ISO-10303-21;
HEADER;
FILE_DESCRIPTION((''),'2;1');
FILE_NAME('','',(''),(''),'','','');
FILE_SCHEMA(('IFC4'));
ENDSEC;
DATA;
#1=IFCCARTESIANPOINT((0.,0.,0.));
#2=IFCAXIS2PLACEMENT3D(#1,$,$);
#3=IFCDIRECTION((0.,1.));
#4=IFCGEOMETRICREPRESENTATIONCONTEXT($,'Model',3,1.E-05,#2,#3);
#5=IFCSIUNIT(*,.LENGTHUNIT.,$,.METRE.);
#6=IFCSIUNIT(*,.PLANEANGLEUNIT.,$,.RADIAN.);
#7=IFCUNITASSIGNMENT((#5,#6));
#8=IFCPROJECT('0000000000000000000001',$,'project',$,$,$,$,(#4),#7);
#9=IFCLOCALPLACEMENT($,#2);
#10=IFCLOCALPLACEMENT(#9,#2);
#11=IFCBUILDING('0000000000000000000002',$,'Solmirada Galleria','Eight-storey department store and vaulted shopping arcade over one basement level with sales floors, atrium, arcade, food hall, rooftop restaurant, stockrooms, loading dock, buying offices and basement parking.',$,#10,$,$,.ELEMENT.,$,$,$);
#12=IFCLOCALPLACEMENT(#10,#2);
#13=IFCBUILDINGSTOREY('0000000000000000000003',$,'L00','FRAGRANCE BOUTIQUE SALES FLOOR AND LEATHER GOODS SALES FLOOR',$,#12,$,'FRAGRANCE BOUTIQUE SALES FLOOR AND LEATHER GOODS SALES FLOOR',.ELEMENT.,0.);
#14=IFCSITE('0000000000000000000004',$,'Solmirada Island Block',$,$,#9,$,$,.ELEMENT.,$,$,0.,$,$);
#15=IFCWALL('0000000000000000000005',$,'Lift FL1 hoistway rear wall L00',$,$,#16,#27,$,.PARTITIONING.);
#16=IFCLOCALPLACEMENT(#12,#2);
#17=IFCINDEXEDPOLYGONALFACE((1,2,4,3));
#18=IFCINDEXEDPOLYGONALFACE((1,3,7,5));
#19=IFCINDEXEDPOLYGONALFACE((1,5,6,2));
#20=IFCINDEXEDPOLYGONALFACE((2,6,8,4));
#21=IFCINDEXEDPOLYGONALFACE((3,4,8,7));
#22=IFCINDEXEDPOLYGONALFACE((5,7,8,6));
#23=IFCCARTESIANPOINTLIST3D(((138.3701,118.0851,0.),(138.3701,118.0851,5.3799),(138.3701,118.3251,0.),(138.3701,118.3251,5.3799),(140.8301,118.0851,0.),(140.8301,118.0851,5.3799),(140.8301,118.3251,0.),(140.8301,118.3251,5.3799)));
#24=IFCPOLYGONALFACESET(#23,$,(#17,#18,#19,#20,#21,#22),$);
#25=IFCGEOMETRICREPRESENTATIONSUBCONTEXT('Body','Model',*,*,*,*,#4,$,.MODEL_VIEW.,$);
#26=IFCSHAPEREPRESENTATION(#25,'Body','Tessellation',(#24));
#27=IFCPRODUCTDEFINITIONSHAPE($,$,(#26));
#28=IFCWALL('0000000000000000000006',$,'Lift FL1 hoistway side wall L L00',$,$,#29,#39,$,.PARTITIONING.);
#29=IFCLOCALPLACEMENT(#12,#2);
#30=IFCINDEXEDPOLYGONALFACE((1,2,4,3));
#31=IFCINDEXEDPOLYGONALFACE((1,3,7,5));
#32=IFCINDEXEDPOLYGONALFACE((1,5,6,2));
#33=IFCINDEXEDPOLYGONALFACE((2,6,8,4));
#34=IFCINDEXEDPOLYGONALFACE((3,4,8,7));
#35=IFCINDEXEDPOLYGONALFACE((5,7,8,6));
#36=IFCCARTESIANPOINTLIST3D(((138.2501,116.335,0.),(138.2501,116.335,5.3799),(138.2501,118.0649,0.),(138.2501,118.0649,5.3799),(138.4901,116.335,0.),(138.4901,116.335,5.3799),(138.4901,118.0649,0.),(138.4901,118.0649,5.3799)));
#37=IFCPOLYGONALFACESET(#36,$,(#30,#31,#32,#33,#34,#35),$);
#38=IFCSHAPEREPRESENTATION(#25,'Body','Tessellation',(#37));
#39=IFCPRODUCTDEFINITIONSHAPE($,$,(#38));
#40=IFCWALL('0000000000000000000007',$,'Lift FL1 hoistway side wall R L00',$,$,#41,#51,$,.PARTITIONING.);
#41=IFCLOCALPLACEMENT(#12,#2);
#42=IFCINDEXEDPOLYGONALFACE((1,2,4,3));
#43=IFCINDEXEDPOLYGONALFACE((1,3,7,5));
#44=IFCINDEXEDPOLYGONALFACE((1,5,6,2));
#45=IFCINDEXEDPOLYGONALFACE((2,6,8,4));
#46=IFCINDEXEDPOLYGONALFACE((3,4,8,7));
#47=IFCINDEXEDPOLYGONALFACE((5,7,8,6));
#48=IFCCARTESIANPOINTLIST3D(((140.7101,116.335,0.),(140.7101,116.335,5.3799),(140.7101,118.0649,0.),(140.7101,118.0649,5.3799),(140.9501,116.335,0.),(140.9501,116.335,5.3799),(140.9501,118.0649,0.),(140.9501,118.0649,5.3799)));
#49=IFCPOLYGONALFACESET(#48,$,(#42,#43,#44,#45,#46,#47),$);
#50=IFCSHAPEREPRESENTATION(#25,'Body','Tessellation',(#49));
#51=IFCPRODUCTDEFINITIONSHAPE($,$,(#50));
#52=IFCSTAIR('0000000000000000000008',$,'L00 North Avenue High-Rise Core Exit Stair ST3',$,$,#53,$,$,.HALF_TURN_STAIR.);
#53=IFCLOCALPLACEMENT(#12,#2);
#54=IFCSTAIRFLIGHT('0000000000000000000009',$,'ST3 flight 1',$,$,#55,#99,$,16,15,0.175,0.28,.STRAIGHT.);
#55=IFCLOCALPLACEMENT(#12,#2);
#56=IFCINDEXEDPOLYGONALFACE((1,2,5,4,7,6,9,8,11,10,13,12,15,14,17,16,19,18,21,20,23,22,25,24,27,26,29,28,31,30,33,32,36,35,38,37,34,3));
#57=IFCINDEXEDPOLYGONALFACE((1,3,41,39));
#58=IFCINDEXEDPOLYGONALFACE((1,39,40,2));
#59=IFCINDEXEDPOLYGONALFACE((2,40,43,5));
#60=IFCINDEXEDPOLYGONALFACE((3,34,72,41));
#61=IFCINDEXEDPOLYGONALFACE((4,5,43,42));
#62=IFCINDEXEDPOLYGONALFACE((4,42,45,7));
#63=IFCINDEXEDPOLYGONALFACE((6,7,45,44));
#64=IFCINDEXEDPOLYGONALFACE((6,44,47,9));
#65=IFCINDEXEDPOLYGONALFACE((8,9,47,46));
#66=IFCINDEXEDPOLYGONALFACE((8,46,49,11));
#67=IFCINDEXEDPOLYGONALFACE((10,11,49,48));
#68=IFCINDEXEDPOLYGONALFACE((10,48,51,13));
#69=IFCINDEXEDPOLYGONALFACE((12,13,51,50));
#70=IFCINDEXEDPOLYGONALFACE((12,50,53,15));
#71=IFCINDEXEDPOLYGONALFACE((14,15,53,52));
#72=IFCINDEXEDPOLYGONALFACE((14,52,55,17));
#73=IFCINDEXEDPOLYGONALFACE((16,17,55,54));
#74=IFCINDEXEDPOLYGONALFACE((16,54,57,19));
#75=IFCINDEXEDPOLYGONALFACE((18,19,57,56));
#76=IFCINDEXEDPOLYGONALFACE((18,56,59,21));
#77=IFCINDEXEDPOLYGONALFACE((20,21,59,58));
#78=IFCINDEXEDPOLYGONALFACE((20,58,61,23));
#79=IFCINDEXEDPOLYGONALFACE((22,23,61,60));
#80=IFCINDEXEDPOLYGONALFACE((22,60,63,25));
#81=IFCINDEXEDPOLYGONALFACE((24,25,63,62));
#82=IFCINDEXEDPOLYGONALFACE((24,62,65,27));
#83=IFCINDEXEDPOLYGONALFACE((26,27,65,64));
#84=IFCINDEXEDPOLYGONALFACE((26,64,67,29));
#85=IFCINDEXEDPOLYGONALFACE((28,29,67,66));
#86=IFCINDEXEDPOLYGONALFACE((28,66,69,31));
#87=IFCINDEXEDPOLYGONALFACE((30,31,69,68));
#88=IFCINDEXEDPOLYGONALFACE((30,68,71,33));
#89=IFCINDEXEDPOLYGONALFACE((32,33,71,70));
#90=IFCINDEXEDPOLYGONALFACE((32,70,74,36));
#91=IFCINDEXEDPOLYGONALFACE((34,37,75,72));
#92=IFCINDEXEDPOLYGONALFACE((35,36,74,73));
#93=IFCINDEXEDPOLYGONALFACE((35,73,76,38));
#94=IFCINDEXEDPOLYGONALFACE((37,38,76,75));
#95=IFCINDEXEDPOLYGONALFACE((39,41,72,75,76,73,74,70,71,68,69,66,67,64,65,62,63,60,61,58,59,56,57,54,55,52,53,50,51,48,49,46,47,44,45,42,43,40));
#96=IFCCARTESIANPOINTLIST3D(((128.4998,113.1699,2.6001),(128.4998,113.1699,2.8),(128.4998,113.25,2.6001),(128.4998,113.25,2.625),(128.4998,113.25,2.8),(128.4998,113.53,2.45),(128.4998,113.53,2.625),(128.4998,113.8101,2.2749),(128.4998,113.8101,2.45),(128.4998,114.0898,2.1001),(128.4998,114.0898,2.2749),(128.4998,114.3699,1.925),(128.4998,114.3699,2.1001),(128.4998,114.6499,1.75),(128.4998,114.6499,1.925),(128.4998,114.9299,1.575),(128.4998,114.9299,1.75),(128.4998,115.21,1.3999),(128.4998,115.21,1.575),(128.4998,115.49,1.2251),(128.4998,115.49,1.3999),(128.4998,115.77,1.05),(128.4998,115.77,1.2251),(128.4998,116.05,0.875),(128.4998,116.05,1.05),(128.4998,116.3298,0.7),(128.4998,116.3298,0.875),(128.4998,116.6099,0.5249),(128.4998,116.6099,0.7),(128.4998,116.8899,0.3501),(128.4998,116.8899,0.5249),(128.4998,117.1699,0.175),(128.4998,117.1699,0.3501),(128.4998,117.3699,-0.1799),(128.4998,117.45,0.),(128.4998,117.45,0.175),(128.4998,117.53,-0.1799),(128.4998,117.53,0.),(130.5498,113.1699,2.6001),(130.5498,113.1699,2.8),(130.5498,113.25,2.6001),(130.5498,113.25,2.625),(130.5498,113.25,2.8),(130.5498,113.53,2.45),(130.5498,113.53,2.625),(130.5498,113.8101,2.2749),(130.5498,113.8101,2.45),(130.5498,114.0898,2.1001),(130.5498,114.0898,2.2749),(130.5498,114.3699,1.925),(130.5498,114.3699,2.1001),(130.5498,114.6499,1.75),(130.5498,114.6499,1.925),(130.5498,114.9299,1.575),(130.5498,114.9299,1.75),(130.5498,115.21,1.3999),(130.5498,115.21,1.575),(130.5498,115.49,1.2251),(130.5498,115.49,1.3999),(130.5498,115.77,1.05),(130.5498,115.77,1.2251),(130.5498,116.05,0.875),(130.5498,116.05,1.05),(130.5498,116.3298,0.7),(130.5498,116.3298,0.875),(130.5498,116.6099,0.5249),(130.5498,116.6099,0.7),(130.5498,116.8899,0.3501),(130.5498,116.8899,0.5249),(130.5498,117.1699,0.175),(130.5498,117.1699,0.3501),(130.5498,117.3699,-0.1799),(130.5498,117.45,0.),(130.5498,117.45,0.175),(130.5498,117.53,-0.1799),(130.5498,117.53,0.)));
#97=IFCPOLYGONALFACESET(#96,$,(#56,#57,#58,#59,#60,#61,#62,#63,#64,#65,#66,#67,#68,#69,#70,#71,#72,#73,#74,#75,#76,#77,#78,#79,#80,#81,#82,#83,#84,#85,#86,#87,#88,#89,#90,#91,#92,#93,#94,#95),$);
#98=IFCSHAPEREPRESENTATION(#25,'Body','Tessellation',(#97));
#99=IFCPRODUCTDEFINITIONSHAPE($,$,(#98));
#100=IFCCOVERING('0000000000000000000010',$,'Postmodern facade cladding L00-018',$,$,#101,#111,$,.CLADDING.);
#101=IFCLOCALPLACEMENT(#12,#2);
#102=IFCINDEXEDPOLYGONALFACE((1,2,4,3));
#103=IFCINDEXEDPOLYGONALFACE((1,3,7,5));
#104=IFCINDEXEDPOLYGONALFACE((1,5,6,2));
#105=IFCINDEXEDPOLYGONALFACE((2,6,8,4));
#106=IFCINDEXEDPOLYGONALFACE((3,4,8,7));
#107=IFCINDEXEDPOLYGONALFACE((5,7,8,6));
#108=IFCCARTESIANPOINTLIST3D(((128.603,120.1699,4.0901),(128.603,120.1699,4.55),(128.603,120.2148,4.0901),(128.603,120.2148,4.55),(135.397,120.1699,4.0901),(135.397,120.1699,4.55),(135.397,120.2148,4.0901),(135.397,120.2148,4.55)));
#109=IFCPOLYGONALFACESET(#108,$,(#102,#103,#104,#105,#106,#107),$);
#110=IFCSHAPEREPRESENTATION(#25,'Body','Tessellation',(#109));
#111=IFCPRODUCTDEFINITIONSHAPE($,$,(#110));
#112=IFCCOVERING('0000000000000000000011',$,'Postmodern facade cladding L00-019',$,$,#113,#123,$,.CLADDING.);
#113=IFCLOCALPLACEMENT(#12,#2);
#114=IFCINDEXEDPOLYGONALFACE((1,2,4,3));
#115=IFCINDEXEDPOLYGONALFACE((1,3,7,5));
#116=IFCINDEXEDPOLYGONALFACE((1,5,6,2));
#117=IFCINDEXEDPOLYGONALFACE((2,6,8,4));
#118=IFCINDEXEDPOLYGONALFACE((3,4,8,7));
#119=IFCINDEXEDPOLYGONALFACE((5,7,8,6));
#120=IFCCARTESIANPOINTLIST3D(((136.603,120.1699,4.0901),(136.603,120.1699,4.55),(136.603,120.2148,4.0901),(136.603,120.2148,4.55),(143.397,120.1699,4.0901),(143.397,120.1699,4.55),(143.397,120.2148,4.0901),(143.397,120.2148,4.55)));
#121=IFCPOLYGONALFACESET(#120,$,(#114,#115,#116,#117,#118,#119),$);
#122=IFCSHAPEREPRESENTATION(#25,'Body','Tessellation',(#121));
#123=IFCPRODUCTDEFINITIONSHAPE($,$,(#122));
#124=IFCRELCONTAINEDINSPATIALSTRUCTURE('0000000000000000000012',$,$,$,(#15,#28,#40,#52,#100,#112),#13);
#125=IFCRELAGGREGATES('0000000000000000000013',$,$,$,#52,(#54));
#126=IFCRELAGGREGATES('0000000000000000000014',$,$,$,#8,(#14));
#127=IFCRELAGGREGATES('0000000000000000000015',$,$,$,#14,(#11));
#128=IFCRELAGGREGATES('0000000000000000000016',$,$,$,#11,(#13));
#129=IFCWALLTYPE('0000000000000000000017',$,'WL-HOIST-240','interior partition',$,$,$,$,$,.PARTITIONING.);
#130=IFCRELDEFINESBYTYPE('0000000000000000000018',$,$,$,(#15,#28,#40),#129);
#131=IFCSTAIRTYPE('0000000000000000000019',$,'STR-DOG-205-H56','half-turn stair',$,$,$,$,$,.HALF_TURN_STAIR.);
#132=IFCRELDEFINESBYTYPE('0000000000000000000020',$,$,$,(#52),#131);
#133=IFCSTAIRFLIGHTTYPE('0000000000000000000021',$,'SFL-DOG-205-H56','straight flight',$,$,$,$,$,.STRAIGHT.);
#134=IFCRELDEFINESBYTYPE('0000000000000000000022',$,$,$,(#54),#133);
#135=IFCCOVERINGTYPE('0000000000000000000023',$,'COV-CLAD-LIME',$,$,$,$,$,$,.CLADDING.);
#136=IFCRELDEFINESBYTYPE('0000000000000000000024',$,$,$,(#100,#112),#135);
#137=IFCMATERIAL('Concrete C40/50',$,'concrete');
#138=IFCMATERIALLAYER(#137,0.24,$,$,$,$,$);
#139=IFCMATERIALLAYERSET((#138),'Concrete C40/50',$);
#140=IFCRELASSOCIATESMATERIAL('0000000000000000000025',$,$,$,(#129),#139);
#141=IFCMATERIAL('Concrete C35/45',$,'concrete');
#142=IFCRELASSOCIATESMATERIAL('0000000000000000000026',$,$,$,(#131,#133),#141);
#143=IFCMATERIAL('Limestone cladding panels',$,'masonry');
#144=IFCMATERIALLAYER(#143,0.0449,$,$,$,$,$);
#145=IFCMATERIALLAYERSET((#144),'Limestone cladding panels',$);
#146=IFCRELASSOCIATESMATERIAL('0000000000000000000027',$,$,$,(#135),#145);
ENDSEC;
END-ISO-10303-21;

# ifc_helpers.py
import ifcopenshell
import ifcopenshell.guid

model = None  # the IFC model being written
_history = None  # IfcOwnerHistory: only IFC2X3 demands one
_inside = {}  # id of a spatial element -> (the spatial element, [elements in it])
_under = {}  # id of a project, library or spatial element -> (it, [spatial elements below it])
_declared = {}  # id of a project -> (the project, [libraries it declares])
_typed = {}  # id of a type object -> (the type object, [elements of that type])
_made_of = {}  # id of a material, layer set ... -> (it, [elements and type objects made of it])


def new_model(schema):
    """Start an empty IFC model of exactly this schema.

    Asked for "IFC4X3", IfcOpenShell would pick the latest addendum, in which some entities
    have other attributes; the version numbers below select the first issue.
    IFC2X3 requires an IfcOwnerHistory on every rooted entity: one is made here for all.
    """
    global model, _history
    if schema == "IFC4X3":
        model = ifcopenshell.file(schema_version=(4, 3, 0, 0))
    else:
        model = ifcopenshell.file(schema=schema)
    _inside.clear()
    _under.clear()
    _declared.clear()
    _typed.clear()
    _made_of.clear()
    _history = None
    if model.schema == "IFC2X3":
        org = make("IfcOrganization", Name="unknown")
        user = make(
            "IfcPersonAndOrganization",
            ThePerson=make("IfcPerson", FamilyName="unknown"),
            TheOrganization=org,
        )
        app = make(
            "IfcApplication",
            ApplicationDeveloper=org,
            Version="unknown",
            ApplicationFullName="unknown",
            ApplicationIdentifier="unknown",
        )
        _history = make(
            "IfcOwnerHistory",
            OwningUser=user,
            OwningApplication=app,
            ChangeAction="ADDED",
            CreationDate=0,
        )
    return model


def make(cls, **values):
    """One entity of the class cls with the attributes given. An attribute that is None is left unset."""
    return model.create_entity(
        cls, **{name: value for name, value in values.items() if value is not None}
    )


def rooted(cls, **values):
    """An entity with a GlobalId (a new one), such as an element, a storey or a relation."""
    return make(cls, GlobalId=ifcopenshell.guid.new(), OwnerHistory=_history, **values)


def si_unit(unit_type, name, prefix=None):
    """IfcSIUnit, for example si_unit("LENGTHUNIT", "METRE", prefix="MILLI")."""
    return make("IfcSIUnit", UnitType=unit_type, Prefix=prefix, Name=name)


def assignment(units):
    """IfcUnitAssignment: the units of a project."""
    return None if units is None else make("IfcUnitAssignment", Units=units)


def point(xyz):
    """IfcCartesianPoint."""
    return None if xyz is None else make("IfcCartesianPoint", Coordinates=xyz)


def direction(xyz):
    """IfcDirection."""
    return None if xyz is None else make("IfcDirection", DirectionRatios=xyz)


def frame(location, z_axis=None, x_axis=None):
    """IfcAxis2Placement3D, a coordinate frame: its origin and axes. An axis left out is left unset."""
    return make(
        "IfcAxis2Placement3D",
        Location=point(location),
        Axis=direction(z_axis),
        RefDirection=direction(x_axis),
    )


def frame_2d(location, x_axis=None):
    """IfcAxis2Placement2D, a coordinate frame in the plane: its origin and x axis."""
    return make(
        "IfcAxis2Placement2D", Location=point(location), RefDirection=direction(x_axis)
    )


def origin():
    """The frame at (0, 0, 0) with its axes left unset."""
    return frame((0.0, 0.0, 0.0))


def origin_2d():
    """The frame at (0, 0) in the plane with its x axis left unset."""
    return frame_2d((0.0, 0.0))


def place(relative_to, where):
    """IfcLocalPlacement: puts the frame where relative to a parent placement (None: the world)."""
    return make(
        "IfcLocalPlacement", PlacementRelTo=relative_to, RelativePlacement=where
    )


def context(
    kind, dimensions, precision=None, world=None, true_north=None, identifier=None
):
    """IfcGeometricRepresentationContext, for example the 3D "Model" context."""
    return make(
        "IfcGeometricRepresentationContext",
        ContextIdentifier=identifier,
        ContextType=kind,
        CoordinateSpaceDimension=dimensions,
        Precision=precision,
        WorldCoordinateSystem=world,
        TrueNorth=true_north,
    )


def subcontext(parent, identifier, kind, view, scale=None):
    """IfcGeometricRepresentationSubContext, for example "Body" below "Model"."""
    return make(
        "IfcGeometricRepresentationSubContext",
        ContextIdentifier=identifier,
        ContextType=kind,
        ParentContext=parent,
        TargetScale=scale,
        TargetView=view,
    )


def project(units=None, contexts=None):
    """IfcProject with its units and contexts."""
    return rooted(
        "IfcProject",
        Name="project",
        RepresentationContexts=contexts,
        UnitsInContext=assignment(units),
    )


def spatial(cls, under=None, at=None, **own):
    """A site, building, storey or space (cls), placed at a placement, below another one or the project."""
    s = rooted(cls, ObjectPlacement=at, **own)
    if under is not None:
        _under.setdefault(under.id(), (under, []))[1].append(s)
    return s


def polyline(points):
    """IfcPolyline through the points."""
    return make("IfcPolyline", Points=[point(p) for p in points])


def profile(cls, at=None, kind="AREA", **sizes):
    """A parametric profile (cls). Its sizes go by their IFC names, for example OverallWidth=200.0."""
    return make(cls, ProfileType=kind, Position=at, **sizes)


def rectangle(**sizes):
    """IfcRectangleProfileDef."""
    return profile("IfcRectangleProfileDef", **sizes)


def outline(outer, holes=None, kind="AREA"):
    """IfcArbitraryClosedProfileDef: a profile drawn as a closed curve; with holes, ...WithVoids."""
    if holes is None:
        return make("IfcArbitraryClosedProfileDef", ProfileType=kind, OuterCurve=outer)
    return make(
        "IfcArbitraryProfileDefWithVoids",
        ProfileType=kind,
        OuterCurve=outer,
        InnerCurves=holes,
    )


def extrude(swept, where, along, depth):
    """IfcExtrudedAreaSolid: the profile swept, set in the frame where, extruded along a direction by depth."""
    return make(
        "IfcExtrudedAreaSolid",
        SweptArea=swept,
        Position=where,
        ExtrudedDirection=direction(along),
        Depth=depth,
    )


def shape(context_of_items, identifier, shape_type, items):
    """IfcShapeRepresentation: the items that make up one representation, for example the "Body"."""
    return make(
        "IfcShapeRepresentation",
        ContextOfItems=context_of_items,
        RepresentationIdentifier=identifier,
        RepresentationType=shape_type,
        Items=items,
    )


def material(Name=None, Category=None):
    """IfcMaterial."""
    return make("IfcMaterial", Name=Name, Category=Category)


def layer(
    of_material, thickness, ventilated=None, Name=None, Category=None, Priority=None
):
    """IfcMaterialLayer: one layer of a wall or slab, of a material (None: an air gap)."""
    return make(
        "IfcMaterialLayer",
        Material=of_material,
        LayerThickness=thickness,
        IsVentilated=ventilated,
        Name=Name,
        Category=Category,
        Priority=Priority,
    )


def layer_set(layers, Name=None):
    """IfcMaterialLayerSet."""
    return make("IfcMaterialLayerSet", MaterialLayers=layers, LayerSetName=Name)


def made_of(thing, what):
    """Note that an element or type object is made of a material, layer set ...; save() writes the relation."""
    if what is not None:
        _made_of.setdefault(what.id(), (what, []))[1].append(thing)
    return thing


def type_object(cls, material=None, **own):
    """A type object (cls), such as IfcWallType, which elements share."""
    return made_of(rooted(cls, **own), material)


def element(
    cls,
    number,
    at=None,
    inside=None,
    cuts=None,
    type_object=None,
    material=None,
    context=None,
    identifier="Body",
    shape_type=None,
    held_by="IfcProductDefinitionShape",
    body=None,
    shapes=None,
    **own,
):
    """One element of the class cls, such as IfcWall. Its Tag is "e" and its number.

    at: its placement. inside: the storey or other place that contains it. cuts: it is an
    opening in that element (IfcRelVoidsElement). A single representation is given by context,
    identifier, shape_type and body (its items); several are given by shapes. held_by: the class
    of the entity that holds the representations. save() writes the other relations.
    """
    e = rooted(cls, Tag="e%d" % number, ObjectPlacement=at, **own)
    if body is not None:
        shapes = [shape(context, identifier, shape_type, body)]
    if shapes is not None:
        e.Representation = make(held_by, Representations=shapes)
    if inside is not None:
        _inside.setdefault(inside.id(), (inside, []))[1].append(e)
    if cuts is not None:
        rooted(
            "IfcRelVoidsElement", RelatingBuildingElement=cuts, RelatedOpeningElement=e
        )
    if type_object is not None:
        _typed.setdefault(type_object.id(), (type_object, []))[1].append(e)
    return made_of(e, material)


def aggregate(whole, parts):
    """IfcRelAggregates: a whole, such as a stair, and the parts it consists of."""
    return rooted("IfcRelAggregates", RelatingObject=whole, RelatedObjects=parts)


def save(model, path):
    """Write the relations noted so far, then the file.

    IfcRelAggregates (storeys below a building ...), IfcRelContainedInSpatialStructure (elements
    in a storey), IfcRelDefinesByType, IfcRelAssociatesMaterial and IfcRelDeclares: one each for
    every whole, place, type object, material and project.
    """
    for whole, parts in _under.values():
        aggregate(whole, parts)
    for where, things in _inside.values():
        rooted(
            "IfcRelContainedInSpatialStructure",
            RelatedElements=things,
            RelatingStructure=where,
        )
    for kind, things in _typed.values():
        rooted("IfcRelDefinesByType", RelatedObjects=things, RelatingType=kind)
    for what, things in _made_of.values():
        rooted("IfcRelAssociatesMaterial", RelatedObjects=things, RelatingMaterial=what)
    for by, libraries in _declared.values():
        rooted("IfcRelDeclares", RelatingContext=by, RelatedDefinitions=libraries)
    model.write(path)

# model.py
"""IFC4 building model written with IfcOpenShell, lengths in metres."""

from ifc_helpers import new_model, si_unit, direction, frame, frame_2d, origin, origin_2d, place, context, subcontext, project, spatial, polyline, rectangle, outline, extrude, material, layer, layer_set, type_object, element, aggregate, save


model = new_model("IFC4")

# Units and contexts
model_context = context("Model", 3, precision=1e-05, world=origin(), true_north=direction((0.0, 1.0)))
body_context = subcontext(model_context, "Body", "Model", "MODEL_VIEW")
ifc_project = project(units=[si_unit("LENGTHUNIT", "METRE"), si_unit("PLANEANGLEUNIT", "RADIAN")], contexts=[model_context])

# Site, building, storey
site_placement = place(None, origin())
site = spatial("IfcSite", under=ifc_project, at=site_placement, Name="Solmirada Island Block", CompositionType="ELEMENT", RefElevation=0.0)
building_placement = place(site_placement, origin())
building = spatial("IfcBuilding", under=site, at=building_placement, Name="Solmirada Galleria", Description="Eight-storey department store and vaulted shopping arcade over one basement level with sales floors, atrium, arcade, food hall, rooftop restaurant, stockrooms, loading dock, buying offices and basement parking.", CompositionType="ELEMENT")
storey_placement = place(building_placement, origin())
storey = spatial("IfcBuildingStorey", under=building, at=storey_placement, Name="L00", Description="FRAGRANCE BOUTIQUE SALES FLOOR AND LEATHER GOODS SALES FLOOR", LongName="FRAGRANCE BOUTIQUE SALES FLOOR AND LEATHER GOODS SALES FLOOR", CompositionType="ELEMENT", Elevation=0.0)

# Shared definitions
ifc_material_1 = material(Name="Concrete C40/50", Category="concrete")
ifc_layer_1 = layer(ifc_material_1, 0.24)
ifc_layer_set_1 = layer_set([ifc_layer_1], Name="Concrete C40/50")
wall_type_1 = type_object("IfcWallType", Name="WL-HOIST-240", Description="interior partition", PredefinedType="PARTITIONING", material=ifc_layer_set_1)

# Walls
wall_1_placement = place(storey_placement, frame((138.3701, 118.2051, 0.0), z_axis=(0.0, 0.0, 1.0), x_axis=(1.0, 0.0, 0.0)))
element("IfcWall", 1, at=wall_1_placement, inside=storey, type_object=wall_type_1, Name="Lift FL1 hoistway rear wall L00", PredefinedType="PARTITIONING", context=body_context, shape_type="SweptSolid", body=[
    extrude(rectangle(XDim=2.46, YDim=0.24, at=frame_2d((1.23, 0.0))), origin(), (0.0, 0.0, 1.0), 5.3799),
])
for number, where, z_axis, x_axis, name in (
    (2, (138.3701, 116.335, 0.0), (0.0, 0.0, 1.0), (0.0, 1.0, 0.0), "Lift FL1 hoistway side wall L L00"),
    (3, (140.8301, 116.335, 0.0), (0.0, 0.0, 1.0), (0.0, 1.0, 0.0), "Lift FL1 hoistway side wall R L00"),
):
    element("IfcWall", number, at=place(storey_placement, frame(where, z_axis=z_axis, x_axis=x_axis)), inside=storey, type_object=wall_type_1, Name=name, PredefinedType="PARTITIONING", context=body_context, shape_type="SweptSolid", body=[
        extrude(rectangle(XDim=1.73, YDim=0.24, at=frame_2d((0.865, 0.0))), origin(), (0.0, 0.0, 1.0), 5.3799),
    ])

# Stair, stair flight
ifc_material_2 = material(Name="Concrete C35/45", Category="concrete")
stair_type = type_object("IfcStairType", Name="STR-DOG-205-H56", Description="half-turn stair", PredefinedType="HALF_TURN_STAIR", material=ifc_material_2)
stair_placement = place(storey_placement, origin())
stair = element("IfcStair", 4, at=stair_placement, inside=storey, type_object=stair_type, Name="L00 North Avenue High-Rise Core Exit Stair ST3", PredefinedType="HALF_TURN_STAIR")
stair_flight_type = type_object("IfcStairFlightType", Name="SFL-DOG-205-H56", Description="straight flight", PredefinedType="STRAIGHT", material=ifc_material_2)
stair_flight_placement = place(storey_placement, frame((129.5249, 117.45, 0.0), z_axis=(0.0, 0.0, 1.0), x_axis=(0.0, -1.0, 0.0)))
stair_flight = element("IfcStairFlight", 5, at=stair_flight_placement, type_object=stair_flight_type, Name="ST3 flight 1", NumberOfRisers=16, NumberOfTreads=15, PredefinedType="STRAIGHT", RiserHeight=0.175, TreadLength=0.28, context=body_context, shape_type="SweptSolid", body=[
    extrude(outline(polyline([(-0.0801, 0.0), (0.0, 0.0), (0.0, 0.175), (0.28, 0.175), (0.28, 0.3501), (0.5601, 0.3501), (0.5601, 0.5249), (0.8401, 0.5249), (0.8401, 0.7), (1.1201, 0.7), (1.1201, 0.875), (1.3999, 0.875), (1.3999, 1.05), (1.6799, 1.05), (1.6799, 1.2251), (1.96, 1.2251), (1.96, 1.3999), (2.24, 1.3999), (2.24, 1.575), (2.52, 1.575), (2.52, 1.75), (2.8, 1.75), (2.8, 1.925), (3.0801, 1.925), (3.0801, 2.1001), (3.3601, 2.1001), (3.3601, 2.2749), (3.6399, 2.2749), (3.6399, 2.45), (3.9199, 2.45), (3.9199, 2.625), (4.2, 2.625), (4.2, 2.8), (4.28, 2.8), (4.28, 2.6001), (4.2, 2.6001), (0.0801, -0.1799), (-0.0801, -0.1799), (-0.0801, 0.0)])), frame((0.0, 1.0249, 0.0), z_axis=(0.0, -1.0, 0.0), x_axis=(1.0, 0.0, 0.0)), (0.0, 0.0, 1.0), 2.05),
])
aggregate(stair, [stair_flight])

# Coverings
ifc_material_3 = material(Name="Limestone cladding panels", Category="masonry")
ifc_layer_2 = layer(ifc_material_3, 0.0449)
ifc_layer_set_2 = layer_set([ifc_layer_2], Name="Limestone cladding panels")
covering_type = type_object("IfcCoveringType", Name="COV-CLAD-LIME", PredefinedType="CLADDING", material=ifc_layer_set_2)
for number, where, z_axis, x_axis, name in (
    (6, (132.0, 120.1924, 4.0901), (0.0, 0.0, 1.0), (1.0, 0.0, 0.0), "Postmodern facade cladding L00-018"),
    (7, (140.0, 120.1924, 4.0901), (0.0, 0.0, 1.0), (1.0, 0.0, 0.0), "Postmodern facade cladding L00-019"),
):
    element("IfcCovering", number, at=place(storey_placement, frame(where, z_axis=z_axis, x_axis=x_axis)), inside=storey, type_object=covering_type, Name=name, PredefinedType="CLADDING", context=body_context, shape_type="SweptSolid", body=[
        extrude(rectangle(XDim=6.7939, YDim=0.0449, at=origin_2d()), origin(), (0.0, 0.0, 1.0), 0.46),
    ])

save(model, "model.ifc")
